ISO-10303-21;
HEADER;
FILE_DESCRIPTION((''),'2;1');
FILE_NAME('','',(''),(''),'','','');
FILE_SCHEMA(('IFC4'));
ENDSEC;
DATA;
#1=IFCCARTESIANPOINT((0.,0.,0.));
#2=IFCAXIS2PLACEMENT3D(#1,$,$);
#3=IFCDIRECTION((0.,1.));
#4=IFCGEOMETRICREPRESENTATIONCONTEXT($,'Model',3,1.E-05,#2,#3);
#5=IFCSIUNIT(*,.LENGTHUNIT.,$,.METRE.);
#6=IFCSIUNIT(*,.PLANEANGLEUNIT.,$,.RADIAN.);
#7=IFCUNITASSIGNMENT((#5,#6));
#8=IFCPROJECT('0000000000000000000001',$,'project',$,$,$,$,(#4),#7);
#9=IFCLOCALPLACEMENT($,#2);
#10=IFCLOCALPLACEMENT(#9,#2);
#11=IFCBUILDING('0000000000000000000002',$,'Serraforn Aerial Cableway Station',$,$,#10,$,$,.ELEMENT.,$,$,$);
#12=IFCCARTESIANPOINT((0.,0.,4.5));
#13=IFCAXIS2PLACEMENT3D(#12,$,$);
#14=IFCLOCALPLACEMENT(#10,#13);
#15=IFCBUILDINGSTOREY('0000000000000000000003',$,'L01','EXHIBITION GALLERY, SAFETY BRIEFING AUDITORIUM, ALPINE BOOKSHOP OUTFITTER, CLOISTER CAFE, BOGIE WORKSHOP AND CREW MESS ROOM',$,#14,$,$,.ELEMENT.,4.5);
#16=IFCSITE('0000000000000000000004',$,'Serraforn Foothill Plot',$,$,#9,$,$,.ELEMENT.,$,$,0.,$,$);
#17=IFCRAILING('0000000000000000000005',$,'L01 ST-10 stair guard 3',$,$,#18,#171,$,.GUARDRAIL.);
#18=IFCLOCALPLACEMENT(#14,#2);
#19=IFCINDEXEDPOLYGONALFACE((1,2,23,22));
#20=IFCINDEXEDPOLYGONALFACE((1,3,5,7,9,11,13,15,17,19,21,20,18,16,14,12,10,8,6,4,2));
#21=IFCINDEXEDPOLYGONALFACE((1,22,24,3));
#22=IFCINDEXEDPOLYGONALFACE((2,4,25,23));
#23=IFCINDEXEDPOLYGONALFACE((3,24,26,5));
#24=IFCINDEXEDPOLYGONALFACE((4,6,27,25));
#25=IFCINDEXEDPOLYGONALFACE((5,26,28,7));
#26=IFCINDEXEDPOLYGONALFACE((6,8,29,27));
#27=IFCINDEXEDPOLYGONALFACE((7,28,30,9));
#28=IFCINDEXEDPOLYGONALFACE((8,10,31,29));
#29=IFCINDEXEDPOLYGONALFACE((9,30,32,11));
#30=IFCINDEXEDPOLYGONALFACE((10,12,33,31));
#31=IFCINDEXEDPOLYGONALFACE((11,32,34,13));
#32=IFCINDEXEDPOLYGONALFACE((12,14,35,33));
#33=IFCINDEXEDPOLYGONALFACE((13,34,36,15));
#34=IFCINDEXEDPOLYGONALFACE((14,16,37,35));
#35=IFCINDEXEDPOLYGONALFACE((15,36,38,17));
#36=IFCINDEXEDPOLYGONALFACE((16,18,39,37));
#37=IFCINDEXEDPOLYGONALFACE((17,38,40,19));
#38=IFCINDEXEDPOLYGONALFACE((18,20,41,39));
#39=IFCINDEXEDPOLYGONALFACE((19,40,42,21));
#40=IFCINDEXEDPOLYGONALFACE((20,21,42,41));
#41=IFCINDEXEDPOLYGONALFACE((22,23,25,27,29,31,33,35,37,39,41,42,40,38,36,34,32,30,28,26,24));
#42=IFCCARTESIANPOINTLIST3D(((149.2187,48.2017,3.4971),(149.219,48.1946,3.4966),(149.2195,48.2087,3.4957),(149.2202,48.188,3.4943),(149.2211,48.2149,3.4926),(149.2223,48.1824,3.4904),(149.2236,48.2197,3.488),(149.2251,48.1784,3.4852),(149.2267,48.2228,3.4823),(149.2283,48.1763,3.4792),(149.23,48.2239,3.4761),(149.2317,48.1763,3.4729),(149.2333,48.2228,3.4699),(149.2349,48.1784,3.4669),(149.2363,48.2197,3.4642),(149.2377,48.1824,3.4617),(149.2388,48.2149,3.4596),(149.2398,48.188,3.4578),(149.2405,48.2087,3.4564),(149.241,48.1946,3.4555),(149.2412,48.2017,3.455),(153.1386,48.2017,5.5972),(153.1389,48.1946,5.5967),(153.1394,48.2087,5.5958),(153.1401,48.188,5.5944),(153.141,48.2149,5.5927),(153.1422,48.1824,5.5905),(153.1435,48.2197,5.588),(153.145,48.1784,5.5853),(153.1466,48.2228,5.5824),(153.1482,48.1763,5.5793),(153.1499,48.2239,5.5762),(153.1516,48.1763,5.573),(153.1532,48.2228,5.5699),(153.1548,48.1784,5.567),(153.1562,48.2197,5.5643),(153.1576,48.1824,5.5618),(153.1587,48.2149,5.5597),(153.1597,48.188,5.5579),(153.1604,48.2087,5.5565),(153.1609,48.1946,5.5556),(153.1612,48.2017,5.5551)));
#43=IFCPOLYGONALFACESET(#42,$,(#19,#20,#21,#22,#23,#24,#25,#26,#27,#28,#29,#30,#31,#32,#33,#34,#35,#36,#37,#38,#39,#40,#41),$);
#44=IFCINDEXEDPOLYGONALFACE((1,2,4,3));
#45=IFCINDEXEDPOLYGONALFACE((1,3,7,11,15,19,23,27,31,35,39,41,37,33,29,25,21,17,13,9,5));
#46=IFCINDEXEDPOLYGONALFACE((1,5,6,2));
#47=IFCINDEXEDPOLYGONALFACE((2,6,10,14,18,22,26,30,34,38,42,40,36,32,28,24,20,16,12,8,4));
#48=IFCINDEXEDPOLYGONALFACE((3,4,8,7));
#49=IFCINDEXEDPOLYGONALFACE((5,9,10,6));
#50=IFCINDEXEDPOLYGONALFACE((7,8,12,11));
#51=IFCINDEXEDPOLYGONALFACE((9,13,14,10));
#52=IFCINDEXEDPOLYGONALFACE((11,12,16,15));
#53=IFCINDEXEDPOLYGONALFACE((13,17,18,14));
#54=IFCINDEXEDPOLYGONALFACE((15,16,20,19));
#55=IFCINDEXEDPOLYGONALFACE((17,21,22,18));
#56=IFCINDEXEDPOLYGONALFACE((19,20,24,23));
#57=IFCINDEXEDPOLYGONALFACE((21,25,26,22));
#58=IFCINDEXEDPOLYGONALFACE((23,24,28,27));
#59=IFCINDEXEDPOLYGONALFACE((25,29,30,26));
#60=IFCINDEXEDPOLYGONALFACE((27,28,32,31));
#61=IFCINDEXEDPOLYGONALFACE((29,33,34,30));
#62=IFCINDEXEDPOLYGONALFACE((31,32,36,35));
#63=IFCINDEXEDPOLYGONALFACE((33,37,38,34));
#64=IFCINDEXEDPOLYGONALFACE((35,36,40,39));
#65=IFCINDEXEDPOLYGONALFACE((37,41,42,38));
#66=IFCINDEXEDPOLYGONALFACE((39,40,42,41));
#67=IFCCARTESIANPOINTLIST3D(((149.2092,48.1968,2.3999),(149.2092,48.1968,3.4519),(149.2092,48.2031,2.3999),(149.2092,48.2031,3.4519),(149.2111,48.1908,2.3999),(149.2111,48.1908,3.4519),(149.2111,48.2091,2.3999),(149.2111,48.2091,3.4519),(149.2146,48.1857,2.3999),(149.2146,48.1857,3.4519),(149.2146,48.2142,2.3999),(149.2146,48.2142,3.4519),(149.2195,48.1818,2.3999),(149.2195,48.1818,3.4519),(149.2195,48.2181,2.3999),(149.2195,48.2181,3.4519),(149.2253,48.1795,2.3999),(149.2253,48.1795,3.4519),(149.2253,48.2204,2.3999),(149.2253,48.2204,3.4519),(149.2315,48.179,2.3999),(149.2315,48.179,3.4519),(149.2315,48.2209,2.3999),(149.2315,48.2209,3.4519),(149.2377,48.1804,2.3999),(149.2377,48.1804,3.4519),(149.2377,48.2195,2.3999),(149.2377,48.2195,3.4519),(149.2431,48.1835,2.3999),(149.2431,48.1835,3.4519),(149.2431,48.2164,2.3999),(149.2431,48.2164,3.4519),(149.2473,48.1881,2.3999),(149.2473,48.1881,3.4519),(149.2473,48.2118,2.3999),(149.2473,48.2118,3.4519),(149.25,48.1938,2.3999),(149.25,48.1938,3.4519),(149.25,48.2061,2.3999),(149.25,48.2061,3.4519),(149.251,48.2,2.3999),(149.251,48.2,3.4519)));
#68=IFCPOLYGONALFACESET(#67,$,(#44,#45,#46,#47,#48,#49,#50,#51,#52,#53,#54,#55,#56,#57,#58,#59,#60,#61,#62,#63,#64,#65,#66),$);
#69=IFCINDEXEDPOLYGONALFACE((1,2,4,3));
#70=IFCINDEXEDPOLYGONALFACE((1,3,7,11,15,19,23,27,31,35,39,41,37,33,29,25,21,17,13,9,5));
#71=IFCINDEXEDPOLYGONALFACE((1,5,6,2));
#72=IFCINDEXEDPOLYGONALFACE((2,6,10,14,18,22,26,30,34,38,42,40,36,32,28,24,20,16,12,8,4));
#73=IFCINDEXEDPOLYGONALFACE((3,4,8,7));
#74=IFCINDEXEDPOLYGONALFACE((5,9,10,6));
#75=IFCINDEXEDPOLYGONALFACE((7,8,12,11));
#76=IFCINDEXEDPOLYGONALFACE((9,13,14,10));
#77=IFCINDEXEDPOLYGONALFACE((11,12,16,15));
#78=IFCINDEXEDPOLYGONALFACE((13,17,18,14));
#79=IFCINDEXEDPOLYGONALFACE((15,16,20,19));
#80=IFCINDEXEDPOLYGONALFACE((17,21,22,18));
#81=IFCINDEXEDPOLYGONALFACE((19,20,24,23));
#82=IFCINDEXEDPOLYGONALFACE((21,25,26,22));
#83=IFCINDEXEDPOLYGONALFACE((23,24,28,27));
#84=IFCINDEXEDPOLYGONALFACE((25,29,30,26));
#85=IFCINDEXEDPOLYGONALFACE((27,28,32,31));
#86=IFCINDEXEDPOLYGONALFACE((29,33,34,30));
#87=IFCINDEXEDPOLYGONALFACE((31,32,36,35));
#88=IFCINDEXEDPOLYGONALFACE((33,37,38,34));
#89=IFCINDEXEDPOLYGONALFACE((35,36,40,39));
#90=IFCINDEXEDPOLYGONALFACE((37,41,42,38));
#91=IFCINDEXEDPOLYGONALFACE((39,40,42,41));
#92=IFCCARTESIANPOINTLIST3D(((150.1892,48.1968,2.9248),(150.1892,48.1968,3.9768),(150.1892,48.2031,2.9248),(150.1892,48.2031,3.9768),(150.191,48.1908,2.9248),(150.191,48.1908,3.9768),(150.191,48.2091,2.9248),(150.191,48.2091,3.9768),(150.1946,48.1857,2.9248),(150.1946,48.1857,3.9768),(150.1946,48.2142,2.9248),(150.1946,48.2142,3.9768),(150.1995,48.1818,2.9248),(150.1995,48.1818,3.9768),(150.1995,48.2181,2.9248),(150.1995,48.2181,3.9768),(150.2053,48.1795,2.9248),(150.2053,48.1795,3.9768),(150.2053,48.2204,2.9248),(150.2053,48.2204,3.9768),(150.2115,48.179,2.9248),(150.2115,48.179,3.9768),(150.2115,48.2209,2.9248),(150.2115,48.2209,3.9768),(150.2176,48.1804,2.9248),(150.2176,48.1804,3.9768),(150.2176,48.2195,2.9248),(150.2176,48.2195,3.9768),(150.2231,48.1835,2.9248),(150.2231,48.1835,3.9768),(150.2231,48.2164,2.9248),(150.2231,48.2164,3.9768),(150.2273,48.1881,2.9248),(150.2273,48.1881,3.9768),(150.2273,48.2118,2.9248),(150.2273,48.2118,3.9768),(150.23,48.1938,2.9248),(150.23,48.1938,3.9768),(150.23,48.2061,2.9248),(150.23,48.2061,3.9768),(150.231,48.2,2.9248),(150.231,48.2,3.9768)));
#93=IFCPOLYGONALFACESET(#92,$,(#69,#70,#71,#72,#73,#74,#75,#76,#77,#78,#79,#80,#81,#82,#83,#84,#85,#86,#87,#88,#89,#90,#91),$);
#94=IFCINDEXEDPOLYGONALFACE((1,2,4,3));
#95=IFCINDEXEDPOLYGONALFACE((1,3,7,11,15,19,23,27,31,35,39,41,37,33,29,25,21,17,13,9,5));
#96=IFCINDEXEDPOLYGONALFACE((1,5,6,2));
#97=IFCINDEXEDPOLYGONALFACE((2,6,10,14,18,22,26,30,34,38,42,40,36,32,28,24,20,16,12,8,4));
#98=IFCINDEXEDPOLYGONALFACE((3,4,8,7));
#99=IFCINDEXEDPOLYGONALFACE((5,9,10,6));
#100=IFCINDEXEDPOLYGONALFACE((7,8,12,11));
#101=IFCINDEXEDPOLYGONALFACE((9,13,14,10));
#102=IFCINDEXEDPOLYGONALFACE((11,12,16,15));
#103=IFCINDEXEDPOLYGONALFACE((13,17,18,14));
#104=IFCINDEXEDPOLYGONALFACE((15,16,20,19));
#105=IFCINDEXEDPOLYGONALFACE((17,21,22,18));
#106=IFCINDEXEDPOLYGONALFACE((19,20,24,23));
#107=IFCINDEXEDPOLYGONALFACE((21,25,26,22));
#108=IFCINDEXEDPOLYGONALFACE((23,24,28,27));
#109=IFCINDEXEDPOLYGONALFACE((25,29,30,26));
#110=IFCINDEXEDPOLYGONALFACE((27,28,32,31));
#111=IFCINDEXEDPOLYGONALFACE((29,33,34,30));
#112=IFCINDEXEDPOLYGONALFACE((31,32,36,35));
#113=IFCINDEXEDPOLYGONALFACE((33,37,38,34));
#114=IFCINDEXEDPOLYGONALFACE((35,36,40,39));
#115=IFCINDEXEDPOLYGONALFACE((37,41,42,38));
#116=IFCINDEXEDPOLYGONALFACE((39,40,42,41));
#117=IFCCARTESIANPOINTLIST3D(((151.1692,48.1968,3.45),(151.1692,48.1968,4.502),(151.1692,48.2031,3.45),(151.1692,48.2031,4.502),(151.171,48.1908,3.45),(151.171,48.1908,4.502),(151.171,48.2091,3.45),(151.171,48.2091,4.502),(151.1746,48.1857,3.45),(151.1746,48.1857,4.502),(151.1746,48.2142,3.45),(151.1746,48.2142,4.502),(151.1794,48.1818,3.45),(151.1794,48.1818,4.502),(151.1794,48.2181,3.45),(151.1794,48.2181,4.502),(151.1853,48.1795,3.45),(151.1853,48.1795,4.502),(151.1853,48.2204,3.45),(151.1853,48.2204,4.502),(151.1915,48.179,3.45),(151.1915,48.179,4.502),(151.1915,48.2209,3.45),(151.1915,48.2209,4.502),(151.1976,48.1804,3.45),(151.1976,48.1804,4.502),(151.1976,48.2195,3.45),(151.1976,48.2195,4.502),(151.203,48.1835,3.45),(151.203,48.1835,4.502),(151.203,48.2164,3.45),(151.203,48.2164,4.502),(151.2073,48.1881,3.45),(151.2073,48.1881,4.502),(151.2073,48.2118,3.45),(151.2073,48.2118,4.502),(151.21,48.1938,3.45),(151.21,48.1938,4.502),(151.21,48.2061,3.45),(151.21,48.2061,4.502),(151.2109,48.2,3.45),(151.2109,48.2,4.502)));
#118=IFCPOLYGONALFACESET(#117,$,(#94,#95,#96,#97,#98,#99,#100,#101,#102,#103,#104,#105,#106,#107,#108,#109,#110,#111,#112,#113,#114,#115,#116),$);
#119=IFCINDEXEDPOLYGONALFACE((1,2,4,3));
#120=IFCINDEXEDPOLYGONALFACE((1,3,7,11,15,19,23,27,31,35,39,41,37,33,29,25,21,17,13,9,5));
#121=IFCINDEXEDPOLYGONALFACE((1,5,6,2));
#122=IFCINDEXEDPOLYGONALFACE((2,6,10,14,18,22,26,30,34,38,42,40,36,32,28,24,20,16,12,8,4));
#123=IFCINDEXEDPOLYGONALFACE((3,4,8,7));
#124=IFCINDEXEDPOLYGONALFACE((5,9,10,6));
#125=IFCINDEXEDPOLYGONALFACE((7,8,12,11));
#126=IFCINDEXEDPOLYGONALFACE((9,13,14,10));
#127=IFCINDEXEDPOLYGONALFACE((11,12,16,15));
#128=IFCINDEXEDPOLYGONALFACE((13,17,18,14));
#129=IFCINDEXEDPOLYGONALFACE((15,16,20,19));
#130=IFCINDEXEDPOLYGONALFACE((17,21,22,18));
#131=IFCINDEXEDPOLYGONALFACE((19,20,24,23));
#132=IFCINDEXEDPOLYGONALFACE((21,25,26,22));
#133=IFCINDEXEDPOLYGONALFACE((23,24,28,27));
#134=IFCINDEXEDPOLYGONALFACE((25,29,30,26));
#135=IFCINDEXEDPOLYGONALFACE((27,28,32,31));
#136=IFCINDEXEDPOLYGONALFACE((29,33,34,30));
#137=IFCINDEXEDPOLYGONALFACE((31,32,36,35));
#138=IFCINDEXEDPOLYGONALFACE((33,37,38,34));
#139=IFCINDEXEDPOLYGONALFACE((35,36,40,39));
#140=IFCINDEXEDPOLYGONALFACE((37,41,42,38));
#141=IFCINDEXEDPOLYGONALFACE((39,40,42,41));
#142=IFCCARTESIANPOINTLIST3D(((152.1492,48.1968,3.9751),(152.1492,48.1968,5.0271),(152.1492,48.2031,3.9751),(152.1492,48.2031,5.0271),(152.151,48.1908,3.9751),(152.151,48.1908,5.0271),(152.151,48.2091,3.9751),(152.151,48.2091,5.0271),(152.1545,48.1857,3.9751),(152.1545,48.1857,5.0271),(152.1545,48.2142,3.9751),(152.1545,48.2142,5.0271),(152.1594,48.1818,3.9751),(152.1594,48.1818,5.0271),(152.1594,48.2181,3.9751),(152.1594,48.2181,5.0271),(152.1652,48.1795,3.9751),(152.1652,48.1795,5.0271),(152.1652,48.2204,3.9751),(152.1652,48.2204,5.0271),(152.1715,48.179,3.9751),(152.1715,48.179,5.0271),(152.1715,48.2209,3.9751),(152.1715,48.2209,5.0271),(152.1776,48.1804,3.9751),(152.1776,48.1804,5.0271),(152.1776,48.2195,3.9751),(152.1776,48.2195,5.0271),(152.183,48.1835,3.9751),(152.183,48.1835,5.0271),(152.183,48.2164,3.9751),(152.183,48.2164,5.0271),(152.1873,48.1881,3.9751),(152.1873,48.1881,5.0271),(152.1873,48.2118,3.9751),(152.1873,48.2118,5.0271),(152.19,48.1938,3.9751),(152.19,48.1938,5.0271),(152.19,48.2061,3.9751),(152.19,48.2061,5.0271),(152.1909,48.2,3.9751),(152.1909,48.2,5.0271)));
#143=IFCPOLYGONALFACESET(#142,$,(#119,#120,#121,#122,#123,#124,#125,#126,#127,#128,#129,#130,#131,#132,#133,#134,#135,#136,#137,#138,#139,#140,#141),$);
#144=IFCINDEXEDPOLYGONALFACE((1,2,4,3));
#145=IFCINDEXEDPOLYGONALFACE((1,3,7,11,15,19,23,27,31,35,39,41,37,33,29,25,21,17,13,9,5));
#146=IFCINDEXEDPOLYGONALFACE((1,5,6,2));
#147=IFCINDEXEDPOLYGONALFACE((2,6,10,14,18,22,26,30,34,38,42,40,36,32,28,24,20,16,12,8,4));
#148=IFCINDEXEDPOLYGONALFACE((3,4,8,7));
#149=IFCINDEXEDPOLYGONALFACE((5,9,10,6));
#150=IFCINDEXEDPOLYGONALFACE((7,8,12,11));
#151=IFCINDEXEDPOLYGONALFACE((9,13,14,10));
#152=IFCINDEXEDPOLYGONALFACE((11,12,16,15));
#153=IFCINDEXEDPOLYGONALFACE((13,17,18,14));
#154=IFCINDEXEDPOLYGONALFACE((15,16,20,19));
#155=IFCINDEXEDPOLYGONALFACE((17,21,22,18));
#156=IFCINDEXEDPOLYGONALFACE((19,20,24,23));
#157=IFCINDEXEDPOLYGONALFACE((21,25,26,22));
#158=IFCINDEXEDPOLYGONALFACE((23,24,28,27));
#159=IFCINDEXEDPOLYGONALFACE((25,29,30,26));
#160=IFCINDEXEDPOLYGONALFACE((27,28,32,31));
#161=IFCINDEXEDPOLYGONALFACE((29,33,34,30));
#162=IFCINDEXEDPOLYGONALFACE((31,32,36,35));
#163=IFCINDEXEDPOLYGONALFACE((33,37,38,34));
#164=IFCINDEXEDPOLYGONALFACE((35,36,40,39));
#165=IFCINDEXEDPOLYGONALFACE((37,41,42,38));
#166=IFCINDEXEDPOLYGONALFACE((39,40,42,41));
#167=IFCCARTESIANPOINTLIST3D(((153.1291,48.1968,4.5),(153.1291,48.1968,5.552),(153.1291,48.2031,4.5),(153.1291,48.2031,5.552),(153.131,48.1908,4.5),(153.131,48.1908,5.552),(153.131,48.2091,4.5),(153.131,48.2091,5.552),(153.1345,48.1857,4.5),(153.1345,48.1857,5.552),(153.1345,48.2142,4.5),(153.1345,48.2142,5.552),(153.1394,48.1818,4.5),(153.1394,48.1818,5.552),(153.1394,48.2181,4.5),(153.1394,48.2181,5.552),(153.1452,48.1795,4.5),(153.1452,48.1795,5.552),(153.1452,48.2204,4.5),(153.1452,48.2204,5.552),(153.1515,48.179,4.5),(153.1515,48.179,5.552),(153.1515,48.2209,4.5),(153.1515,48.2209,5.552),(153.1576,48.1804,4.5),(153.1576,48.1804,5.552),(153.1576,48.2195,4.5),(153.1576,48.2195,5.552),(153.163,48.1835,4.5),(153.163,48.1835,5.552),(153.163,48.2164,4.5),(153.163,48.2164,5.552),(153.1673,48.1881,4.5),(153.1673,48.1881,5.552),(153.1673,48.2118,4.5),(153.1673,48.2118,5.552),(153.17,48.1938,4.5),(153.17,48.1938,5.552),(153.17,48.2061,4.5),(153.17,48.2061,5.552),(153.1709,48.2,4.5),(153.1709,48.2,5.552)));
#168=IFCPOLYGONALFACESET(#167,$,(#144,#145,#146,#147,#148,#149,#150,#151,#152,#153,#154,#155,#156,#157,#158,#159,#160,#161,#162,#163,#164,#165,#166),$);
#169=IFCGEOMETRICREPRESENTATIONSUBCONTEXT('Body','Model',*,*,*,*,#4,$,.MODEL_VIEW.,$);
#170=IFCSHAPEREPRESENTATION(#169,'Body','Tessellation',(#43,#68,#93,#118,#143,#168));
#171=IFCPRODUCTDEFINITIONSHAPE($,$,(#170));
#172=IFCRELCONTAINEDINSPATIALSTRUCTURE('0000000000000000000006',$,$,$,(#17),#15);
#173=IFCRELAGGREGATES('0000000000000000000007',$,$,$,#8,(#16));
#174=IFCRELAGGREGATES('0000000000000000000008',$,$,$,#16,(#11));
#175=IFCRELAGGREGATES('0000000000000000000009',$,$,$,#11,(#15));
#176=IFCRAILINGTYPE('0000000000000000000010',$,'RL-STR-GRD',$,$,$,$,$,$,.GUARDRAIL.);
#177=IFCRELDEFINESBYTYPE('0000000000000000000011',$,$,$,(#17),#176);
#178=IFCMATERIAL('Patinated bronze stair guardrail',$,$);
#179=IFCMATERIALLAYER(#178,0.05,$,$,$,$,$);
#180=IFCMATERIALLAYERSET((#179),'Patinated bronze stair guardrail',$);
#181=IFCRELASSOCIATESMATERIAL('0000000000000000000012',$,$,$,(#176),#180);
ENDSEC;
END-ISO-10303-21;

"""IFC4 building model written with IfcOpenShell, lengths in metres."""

from ifc_helpers import new_model, si_unit, direction, frame, origin, origin_2d, place, context, subcontext, project, spatial, circle, extrude, material, layer, layer_set, type_object, element, save


model = new_model("IFC4")

# Units and contexts
model_context = context("Model", 3, precision=1e-05, world=origin(), true_north=direction((0.0, 1.0)))
body_context = subcontext(model_context, "Body", "Model", "MODEL_VIEW")
ifc_project = project(units=[si_unit("LENGTHUNIT", "METRE"), si_unit("PLANEANGLEUNIT", "RADIAN")], contexts=[model_context])

# Site, building, storey
site_placement = place(None, origin())
site = spatial("IfcSite", under=ifc_project, at=site_placement, Name="Serraforn Foothill Plot", CompositionType="ELEMENT", RefElevation=0.0)
building_placement = place(site_placement, origin())
building = spatial("IfcBuilding", under=site, at=building_placement, Name="Serraforn Aerial Cableway Station", CompositionType="ELEMENT")
storey_placement = place(building_placement, frame((0.0, 0.0, 4.5)))
storey = spatial("IfcBuildingStorey", under=building, at=storey_placement, Name="L01", Description="EXHIBITION GALLERY, SAFETY BRIEFING AUDITORIUM, ALPINE BOOKSHOP OUTFITTER, CLOISTER CAFE, BOGIE WORKSHOP AND CREW MESS ROOM", CompositionType="ELEMENT", Elevation=4.5)

# Railing
ifc_material_1 = material(Name="Patinated bronze stair guardrail")
ifc_layer_1 = layer(ifc_material_1, 0.05)
ifc_layer_set_1 = layer_set([ifc_layer_1], Name="Patinated bronze stair guardrail")
railing_type_1 = type_object("IfcRailingType", Name="RL-STR-GRD", PredefinedType="GUARDRAIL", material=ifc_layer_set_1)
railing_1_placement = place(storey_placement, frame((149.23, 48.2, 2.3999)))
element("IfcRailing", 1, at=railing_1_placement, inside=storey, type_object=railing_type_1, Name="L01 ST-10 stair guard 3", PredefinedType="GUARDRAIL", context=body_context, shape_type="SweptSolid", body=[
    extrude(circle(Radius=0.0239, at=origin_2d()), frame((0.0, 0.0, 1.0762), z_axis=(0.881467, 0.0, 0.472246), x_axis=(0.0, 1.0, 0.0)), (0.0, 0.0, 1.0), 4.447),
    extrude(circle(Radius=0.021, at=origin_2d()), origin(), (0.0, 0.0, 1.0), 1.052),
    extrude(circle(Radius=0.021, at=origin_2d()), frame((0.98, 0.0, 0.5249)), (0.0, 0.0, 1.0), 1.052),
    extrude(circle(Radius=0.021, at=origin_2d()), frame((1.96, 0.0, 1.05)), (0.0, 0.0, 1.0), 1.052),
    extrude(circle(Radius=0.021, at=origin_2d()), frame((2.9399, 0.0, 1.5752)), (0.0, 0.0, 1.0), 1.052),
    extrude(circle(Radius=0.021, at=origin_2d()), frame((3.9199, 0.0, 2.1001)), (0.0, 0.0, 1.0), 1.052),
])

save(model, "model.ifc")
